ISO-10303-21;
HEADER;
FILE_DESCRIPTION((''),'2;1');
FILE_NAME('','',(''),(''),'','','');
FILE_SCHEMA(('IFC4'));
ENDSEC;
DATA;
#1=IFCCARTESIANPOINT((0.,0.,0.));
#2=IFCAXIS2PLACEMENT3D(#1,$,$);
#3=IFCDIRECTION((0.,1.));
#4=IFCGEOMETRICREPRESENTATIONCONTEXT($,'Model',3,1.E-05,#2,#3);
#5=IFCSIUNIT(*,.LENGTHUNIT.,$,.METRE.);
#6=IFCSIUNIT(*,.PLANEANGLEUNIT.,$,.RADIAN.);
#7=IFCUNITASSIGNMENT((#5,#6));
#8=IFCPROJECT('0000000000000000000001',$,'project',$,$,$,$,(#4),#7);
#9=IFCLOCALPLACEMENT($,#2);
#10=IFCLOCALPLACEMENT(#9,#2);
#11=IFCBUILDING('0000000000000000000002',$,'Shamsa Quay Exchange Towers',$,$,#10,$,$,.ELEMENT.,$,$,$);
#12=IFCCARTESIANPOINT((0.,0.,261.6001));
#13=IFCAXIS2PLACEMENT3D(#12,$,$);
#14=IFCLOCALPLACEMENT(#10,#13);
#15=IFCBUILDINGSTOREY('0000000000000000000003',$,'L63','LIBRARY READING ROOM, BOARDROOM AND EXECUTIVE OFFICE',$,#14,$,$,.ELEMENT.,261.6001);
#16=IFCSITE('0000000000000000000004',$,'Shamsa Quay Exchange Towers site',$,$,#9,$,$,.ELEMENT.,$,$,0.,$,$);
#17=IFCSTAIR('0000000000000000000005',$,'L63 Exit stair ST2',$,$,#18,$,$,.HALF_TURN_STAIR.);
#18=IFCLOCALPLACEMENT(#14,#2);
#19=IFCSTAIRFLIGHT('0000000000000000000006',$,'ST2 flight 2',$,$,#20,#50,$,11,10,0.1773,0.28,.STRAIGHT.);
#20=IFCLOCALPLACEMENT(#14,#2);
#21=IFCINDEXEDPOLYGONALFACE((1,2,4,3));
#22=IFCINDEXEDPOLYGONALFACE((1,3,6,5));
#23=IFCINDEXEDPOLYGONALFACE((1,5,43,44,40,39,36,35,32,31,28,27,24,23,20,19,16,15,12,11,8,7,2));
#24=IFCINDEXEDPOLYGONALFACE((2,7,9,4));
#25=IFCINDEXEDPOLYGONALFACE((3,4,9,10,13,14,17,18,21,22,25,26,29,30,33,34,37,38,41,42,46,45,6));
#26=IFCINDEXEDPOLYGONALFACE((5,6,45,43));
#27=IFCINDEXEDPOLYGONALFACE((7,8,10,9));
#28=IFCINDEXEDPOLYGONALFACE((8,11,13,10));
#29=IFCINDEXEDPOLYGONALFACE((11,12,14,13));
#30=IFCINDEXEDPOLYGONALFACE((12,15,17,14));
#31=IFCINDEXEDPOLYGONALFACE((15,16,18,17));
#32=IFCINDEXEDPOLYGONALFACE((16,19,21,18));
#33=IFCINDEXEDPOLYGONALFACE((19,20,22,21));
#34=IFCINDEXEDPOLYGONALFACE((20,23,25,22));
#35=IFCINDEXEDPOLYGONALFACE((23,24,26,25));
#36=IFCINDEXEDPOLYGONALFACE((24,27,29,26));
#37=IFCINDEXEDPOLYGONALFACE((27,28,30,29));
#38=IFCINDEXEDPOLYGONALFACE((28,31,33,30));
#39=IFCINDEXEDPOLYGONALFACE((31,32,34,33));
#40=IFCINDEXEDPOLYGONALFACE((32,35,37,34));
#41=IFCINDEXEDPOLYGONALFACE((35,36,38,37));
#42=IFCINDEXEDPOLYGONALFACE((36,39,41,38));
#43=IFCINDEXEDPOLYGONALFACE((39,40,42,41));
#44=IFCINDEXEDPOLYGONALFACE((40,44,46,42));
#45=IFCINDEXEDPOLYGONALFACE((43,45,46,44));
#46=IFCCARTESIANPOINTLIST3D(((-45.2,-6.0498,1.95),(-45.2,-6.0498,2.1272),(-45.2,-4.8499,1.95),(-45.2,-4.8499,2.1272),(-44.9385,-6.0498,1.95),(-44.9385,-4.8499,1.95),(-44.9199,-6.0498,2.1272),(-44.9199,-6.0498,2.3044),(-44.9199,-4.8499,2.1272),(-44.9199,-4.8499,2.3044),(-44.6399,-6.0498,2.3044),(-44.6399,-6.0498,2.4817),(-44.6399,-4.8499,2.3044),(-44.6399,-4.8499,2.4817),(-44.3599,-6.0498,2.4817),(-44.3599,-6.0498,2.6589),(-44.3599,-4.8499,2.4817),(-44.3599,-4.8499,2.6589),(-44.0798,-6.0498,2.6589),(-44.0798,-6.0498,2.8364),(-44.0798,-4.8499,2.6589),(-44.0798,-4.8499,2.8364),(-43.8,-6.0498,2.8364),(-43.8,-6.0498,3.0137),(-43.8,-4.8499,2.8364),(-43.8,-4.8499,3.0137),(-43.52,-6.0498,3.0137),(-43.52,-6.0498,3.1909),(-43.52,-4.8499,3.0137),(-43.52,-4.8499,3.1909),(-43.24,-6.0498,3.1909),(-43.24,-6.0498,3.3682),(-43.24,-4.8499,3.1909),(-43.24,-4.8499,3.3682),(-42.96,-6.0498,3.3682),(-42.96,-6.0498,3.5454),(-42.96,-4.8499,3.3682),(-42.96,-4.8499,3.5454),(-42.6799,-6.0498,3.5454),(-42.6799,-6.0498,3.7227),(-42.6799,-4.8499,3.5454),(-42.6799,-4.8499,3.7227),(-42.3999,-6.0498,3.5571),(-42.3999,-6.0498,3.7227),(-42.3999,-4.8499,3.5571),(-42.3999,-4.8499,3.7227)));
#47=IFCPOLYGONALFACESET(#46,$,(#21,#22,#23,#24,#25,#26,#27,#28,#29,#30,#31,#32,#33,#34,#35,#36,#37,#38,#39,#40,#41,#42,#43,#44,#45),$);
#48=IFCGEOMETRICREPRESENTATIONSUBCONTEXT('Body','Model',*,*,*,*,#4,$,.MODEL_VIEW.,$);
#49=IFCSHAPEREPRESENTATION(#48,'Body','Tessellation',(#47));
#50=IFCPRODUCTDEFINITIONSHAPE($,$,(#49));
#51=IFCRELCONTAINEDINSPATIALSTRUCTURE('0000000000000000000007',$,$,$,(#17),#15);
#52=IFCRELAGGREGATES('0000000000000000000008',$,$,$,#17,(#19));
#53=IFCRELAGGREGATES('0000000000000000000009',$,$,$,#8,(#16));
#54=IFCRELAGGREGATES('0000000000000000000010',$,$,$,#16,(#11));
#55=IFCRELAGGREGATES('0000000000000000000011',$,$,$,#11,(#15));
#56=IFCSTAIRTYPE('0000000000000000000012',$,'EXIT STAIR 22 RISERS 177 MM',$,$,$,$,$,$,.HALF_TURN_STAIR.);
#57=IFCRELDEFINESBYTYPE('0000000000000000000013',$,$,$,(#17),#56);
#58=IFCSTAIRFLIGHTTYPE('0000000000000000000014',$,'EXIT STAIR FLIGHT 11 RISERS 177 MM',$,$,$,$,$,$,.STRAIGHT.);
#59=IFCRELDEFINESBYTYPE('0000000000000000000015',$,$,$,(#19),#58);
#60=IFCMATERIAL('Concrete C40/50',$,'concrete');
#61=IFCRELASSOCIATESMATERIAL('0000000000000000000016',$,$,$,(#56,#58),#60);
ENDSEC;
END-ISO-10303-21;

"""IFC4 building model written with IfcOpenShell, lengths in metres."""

from ifc_helpers import new_model, si_unit, direction, frame, origin, place, context, subcontext, project, spatial, polyline, outline, extrude, material, type_object, element, aggregate, save


model = new_model("IFC4")

# Units and contexts
model_context = context("Model", 3, precision=1e-05, world=origin(), true_north=direction((0.0, 1.0)))
body_context = subcontext(model_context, "Body", "Model", "MODEL_VIEW")
ifc_project = project(units=[si_unit("LENGTHUNIT", "METRE"), si_unit("PLANEANGLEUNIT", "RADIAN")], contexts=[model_context])

# Site, building, storey
site_placement = place(None, origin())
site = spatial("IfcSite", under=ifc_project, at=site_placement, Name="Shamsa Quay Exchange Towers site", CompositionType="ELEMENT", RefElevation=0.0)
building_placement = place(site_placement, origin())
building = spatial("IfcBuilding", under=site, at=building_placement, Name="Shamsa Quay Exchange Towers", CompositionType="ELEMENT")
storey_placement = place(building_placement, frame((0.0, 0.0, 261.6001)))
storey = spatial("IfcBuildingStorey", under=building, at=storey_placement, Name="L63", Description="LIBRARY READING ROOM, BOARDROOM AND EXECUTIVE OFFICE", CompositionType="ELEMENT", Elevation=261.6001)

# Stair, stair flight
ifc_material_1 = material(Name="Concrete C40/50", Category="concrete")
stair_type = type_object("IfcStairType", Name="EXIT STAIR 22 RISERS 177 MM", PredefinedType="HALF_TURN_STAIR", material=ifc_material_1)
stair_placement = place(storey_placement, origin())
stair = element("IfcStair", 1, at=stair_placement, inside=storey, type_object=stair_type, Name="L63 Exit stair ST2", PredefinedType="HALF_TURN_STAIR")
stair_flight_type = type_object("IfcStairFlightType", Name="EXIT STAIR FLIGHT 11 RISERS 177 MM", PredefinedType="STRAIGHT", material=ifc_material_1)
stair_flight_1_placement = place(storey_placement, frame((-45.2, -5.45, 1.95)))
stair_flight_1 = element("IfcStairFlight", 2, at=stair_flight_1_placement, type_object=stair_flight_type, Name="ST2 flight 2", NumberOfRisers=11, NumberOfTreads=10, PredefinedType="STRAIGHT", RiserHeight=0.1773, TreadLength=0.28, context=body_context, shape_type="SweptSolid", body=[
    extrude(outline(polyline([(0.0, 0.0), (0.0, 0.1772), (0.28, 0.1772), (0.28, 0.3545), (0.5601, 0.3545), (0.5601, 0.5317), (0.8401, 0.5317), (0.8401, 0.709), (1.1201, 0.709), (1.1201, 0.8865), (1.3999, 0.8865), (1.3999, 1.0637), (1.6799, 1.0637), (1.6799, 1.241), (1.96, 1.241), (1.96, 1.4182), (2.24, 1.4182), (2.24, 1.5955), (2.52, 1.5955), (2.52, 1.7727), (2.8, 1.7727), (2.8, 1.95), (2.8, 1.6072), (0.2615, 0.0), (0.0, 0.0)])), frame((0.0, 0.6001, 0.0), z_axis=(0.0, -1.0, 0.0), x_axis=(1.0, 0.0, 0.0)), (0.0, 0.0, 1.0), 1.2),
])
aggregate(stair, [stair_flight_1])

save(model, "model.ifc")
